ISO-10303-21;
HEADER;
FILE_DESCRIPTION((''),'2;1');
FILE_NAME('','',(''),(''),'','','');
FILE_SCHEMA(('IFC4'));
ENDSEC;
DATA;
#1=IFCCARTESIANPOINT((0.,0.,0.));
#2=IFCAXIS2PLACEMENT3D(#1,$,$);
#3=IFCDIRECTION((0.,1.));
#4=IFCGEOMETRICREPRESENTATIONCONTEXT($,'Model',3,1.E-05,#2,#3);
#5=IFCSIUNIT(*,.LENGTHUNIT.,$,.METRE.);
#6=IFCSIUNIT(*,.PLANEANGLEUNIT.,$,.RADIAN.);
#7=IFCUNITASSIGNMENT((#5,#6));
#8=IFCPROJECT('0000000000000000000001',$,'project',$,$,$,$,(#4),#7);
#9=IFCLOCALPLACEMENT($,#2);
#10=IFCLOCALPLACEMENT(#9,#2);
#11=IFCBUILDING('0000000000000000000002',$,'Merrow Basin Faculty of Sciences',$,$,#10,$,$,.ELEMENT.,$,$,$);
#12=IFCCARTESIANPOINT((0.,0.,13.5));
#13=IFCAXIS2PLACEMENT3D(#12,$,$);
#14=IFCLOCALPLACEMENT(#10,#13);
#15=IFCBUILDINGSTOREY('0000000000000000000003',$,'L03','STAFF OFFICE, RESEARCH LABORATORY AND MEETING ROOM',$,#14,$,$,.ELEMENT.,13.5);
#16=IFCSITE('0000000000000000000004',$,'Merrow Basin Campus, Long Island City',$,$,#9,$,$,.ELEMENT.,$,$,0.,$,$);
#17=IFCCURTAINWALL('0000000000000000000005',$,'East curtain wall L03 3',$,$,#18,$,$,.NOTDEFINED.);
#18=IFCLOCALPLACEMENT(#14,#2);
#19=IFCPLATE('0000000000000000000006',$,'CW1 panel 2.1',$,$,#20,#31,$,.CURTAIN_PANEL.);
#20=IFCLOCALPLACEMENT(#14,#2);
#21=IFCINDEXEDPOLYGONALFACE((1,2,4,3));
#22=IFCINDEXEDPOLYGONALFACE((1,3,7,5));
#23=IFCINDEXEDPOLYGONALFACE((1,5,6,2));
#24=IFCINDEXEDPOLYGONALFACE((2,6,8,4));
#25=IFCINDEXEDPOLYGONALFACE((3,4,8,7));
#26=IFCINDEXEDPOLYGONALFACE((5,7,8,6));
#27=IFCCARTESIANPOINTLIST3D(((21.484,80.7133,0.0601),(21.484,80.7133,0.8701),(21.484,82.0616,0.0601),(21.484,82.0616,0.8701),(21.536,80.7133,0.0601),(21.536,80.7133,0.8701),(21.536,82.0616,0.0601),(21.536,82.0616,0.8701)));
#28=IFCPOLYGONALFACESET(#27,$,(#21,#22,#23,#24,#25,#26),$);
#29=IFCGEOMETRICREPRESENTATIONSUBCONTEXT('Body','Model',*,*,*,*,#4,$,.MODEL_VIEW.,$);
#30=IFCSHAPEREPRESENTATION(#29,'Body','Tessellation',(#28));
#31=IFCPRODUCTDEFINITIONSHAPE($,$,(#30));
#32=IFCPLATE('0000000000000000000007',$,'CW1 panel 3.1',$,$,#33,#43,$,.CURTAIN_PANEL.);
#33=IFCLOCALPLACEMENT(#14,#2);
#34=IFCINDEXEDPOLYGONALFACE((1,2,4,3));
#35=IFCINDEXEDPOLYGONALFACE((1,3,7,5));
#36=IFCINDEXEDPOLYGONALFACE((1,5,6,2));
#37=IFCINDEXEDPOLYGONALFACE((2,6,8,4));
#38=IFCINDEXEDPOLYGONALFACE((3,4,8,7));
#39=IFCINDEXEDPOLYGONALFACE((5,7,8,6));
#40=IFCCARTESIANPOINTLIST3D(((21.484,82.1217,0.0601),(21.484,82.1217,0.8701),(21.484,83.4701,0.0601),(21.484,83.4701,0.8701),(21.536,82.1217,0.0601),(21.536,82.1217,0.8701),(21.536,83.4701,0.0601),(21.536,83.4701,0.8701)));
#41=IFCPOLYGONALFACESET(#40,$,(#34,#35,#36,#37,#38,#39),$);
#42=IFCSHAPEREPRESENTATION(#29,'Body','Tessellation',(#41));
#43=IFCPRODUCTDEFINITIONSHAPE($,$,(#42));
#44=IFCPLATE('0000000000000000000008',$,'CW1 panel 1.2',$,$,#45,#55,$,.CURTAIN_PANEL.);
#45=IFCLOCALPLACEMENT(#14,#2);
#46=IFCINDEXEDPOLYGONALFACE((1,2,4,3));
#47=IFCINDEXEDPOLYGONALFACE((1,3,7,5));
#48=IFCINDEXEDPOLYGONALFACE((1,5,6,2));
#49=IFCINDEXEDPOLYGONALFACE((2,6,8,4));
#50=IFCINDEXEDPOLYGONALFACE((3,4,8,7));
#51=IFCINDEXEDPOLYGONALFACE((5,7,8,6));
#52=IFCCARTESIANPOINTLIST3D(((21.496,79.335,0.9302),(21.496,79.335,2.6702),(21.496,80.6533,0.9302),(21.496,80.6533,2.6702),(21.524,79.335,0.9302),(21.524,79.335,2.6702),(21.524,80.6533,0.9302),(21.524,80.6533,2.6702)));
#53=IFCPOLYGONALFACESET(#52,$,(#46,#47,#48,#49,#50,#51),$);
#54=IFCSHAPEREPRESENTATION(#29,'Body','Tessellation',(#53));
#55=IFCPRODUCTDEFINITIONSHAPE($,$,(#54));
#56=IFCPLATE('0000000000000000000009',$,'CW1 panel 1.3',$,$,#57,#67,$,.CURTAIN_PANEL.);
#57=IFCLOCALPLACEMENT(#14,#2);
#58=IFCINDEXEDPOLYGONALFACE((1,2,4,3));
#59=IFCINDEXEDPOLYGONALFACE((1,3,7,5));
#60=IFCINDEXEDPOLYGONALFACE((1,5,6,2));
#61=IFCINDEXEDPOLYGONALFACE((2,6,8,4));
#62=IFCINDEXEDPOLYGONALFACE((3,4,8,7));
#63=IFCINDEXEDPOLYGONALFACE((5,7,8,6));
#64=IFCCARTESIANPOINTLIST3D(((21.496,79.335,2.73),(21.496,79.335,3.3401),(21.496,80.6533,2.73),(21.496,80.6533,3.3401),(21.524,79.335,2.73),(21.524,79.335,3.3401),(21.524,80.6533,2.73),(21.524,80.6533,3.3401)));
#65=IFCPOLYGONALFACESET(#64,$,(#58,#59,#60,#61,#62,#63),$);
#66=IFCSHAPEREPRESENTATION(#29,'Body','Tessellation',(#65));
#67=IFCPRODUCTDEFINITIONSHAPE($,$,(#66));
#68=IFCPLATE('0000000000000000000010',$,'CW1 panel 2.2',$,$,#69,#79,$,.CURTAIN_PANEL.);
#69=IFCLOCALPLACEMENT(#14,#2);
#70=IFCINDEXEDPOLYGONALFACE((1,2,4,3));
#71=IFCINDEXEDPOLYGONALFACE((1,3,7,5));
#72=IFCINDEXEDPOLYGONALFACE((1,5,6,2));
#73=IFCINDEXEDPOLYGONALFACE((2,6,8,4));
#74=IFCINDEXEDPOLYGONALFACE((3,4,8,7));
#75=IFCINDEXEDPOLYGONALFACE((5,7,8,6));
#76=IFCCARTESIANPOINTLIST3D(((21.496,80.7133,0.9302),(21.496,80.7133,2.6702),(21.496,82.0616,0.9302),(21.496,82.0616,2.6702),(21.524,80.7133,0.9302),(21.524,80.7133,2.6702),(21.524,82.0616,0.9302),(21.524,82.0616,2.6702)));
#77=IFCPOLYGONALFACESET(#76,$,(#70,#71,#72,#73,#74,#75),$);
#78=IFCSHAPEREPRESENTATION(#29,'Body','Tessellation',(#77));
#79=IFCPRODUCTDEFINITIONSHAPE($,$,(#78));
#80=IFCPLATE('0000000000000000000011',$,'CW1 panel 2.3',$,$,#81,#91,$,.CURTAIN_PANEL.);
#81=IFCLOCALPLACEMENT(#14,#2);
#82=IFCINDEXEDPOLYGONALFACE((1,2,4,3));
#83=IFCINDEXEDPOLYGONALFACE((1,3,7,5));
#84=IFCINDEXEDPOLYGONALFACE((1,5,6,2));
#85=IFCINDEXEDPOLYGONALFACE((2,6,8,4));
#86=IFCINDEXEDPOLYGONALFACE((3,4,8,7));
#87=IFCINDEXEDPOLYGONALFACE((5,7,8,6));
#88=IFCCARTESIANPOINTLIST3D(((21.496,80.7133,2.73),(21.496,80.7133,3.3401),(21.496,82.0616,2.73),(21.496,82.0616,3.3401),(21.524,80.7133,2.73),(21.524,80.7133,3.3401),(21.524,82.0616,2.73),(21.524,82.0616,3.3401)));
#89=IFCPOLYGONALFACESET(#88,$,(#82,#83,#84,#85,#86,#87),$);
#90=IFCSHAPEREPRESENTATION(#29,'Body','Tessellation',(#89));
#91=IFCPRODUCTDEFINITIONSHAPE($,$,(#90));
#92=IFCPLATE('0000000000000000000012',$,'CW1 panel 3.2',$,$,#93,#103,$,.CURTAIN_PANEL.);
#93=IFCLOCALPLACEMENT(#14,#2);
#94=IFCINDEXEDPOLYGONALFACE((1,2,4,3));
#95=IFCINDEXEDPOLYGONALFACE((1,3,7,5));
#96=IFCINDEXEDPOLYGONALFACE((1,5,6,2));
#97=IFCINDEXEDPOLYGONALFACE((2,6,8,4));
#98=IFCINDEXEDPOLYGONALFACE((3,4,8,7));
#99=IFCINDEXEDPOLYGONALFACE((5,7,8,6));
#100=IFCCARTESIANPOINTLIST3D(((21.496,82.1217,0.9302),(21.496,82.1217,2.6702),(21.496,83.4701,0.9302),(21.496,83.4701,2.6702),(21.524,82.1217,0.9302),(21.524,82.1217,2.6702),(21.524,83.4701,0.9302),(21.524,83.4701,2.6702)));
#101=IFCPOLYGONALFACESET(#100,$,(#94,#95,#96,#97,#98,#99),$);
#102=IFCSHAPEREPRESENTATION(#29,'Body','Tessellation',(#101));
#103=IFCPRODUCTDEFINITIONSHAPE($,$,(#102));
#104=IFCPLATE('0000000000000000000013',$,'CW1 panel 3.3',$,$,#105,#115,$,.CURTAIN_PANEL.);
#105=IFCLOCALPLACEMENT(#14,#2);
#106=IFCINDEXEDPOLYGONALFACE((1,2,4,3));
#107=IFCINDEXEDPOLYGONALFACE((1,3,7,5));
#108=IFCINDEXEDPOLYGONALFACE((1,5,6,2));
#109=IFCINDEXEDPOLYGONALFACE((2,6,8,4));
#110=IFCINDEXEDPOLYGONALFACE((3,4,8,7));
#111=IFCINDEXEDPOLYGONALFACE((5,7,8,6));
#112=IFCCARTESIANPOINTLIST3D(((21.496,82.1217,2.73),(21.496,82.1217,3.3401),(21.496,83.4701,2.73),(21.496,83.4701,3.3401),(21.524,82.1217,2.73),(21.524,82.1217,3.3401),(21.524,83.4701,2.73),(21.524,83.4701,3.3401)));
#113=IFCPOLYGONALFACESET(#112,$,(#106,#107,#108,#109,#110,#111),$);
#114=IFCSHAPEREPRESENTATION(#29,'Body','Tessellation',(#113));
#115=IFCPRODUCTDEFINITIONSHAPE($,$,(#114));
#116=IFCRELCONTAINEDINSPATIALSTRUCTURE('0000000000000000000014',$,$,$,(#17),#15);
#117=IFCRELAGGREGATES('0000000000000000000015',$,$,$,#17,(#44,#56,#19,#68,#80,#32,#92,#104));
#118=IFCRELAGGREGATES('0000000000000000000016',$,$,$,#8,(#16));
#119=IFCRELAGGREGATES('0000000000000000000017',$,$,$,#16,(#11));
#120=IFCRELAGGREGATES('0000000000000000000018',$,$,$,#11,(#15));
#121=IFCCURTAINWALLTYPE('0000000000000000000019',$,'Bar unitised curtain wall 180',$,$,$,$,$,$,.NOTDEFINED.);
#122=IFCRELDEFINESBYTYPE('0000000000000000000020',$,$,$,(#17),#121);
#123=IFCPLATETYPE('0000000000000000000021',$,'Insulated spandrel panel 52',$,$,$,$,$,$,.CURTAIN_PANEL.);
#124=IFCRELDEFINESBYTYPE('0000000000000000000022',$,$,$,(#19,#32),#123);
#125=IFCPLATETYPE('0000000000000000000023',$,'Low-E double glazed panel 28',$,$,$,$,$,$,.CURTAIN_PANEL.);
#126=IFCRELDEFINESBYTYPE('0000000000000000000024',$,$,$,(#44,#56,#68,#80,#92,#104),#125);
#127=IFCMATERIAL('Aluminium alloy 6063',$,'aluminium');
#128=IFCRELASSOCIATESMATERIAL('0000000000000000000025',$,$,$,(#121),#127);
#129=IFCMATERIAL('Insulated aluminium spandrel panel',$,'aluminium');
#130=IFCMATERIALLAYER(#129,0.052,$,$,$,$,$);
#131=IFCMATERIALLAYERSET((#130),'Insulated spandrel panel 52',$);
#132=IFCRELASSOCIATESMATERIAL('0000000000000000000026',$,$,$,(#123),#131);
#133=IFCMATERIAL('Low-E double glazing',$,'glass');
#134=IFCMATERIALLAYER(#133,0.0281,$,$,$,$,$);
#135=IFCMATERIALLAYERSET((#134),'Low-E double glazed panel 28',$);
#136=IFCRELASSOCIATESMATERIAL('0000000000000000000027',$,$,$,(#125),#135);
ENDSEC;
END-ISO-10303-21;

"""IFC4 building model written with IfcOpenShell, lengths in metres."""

from ifc_helpers import new_model, si_unit, direction, frame, origin, origin_2d, place, context, subcontext, project, spatial, rectangle, extrude, material, layer, layer_set, type_object, element, aggregate, save


model = new_model("IFC4")

# Units and contexts
model_context = context("Model", 3, precision=1e-05, world=origin(), true_north=direction((0.0, 1.0)))
body_context = subcontext(model_context, "Body", "Model", "MODEL_VIEW")
ifc_project = project(units=[si_unit("LENGTHUNIT", "METRE"), si_unit("PLANEANGLEUNIT", "RADIAN")], contexts=[model_context])

# Site, building, storey
site_placement = place(None, origin())
site = spatial("IfcSite", under=ifc_project, at=site_placement, Name="Merrow Basin Campus, Long Island City", CompositionType="ELEMENT", RefElevation=0.0)
building_placement = place(site_placement, origin())
building = spatial("IfcBuilding", under=site, at=building_placement, Name="Merrow Basin Faculty of Sciences", CompositionType="ELEMENT")
storey_placement = place(building_placement, frame((0.0, 0.0, 13.5)))
storey = spatial("IfcBuildingStorey", under=building, at=storey_placement, Name="L03", Description="STAFF OFFICE, RESEARCH LABORATORY AND MEETING ROOM", CompositionType="ELEMENT", Elevation=13.5)

# Curtain wall, plates
ifc_material_1 = material(Name="Aluminium alloy 6063", Category="aluminium")
curtain_wall_type = type_object("IfcCurtainWallType", Name="Bar unitised curtain wall 180", PredefinedType="NOTDEFINED", material=ifc_material_1)
curtain_wall_placement = place(storey_placement, origin())
curtain_wall = element("IfcCurtainWall", 1, at=curtain_wall_placement, inside=storey, type_object=curtain_wall_type, Name="East curtain wall L03 3", PredefinedType="NOTDEFINED")
ifc_material_2 = material(Name="Insulated aluminium spandrel panel", Category="aluminium")
ifc_layer_1 = layer(ifc_material_2, 0.052)
ifc_layer_set_1 = layer_set([ifc_layer_1], Name="Insulated spandrel panel 52")
plate_type_1 = type_object("IfcPlateType", Name="Insulated spandrel panel 52", PredefinedType="CURTAIN_PANEL", material=ifc_layer_set_1)
plate_1_placement = place(storey_placement, frame((21.51, 81.3875, 0.0601), z_axis=(0.0, 0.0, 1.0), x_axis=(0.0, 1.0, 0.0)))
plate_1 = element("IfcPlate", 2, at=plate_1_placement, type_object=plate_type_1, Name="CW1 panel 2.1", PredefinedType="CURTAIN_PANEL", context=body_context, shape_type="SweptSolid", body=[
    extrude(rectangle(XDim=1.3484, YDim=0.052, at=origin_2d()), origin(), (0.0, 0.0, 1.0), 0.8101),
])
plate_2_placement = place(storey_placement, frame((21.51, 82.7959, 0.0601), z_axis=(0.0, 0.0, 1.0), x_axis=(0.0, 1.0, 0.0)))
plate_2 = element("IfcPlate", 3, at=plate_2_placement, type_object=plate_type_1, Name="CW1 panel 3.1", PredefinedType="CURTAIN_PANEL", context=body_context, shape_type="SweptSolid", body=[
    extrude(rectangle(XDim=1.3484, YDim=0.052, at=origin_2d()), origin(), (0.0, 0.0, 1.0), 0.8101),
])
ifc_material_3 = material(Name="Low-E double glazing", Category="glass")
ifc_layer_2 = layer(ifc_material_3, 0.0281)
ifc_layer_set_2 = layer_set([ifc_layer_2], Name="Low-E double glazed panel 28")
plate_type_2 = type_object("IfcPlateType", Name="Low-E double glazed panel 28", PredefinedType="CURTAIN_PANEL", material=ifc_layer_set_2)
plate_3_placement = place(storey_placement, frame((21.51, 79.9941, 0.9302), z_axis=(0.0, 0.0, 1.0), x_axis=(0.0, 1.0, 0.0)))
plate_3 = element("IfcPlate", 4, at=plate_3_placement, type_object=plate_type_2, Name="CW1 panel 1.2", PredefinedType="CURTAIN_PANEL", context=body_context, shape_type="SweptSolid", body=[
    extrude(rectangle(XDim=1.3184, YDim=0.0281, at=origin_2d()), origin(), (0.0, 0.0, 1.0), 1.74),
])
plate_4_placement = place(storey_placement, frame((21.51, 79.9941, 2.73), z_axis=(0.0, 0.0, 1.0), x_axis=(0.0, 1.0, 0.0)))
plate_4 = element("IfcPlate", 5, at=plate_4_placement, type_object=plate_type_2, Name="CW1 panel 1.3", PredefinedType="CURTAIN_PANEL", context=body_context, shape_type="SweptSolid", body=[
    extrude(rectangle(XDim=1.3184, YDim=0.0281, at=origin_2d()), origin(), (0.0, 0.0, 1.0), 0.6101),
])
plate_5_placement = place(storey_placement, frame((21.51, 81.3875, 0.9302), z_axis=(0.0, 0.0, 1.0), x_axis=(0.0, 1.0, 0.0)))
plate_5 = element("IfcPlate", 6, at=plate_5_placement, type_object=plate_type_2, Name="CW1 panel 2.2", PredefinedType="CURTAIN_PANEL", context=body_context, shape_type="SweptSolid", body=[
    extrude(rectangle(XDim=1.3484, YDim=0.0281, at=origin_2d()), origin(), (0.0, 0.0, 1.0), 1.74),
])
plate_6_placement = place(storey_placement, frame((21.51, 81.3875, 2.73), z_axis=(0.0, 0.0, 1.0), x_axis=(0.0, 1.0, 0.0)))
plate_6 = element("IfcPlate", 7, at=plate_6_placement, type_object=plate_type_2, Name="CW1 panel 2.3", PredefinedType="CURTAIN_PANEL", context=body_context, shape_type="SweptSolid", body=[
    extrude(rectangle(XDim=1.3484, YDim=0.0281, at=origin_2d()), origin(), (0.0, 0.0, 1.0), 0.6101),
])
plate_7_placement = place(storey_placement, frame((21.51, 82.7959, 0.9302), z_axis=(0.0, 0.0, 1.0), x_axis=(0.0, 1.0, 0.0)))
plate_7 = element("IfcPlate", 8, at=plate_7_placement, type_object=plate_type_2, Name="CW1 panel 3.2", PredefinedType="CURTAIN_PANEL", context=body_context, shape_type="SweptSolid", body=[
    extrude(rectangle(XDim=1.3484, YDim=0.0281, at=origin_2d()), origin(), (0.0, 0.0, 1.0), 1.74),
])
plate_8_placement = place(storey_placement, frame((21.51, 82.7959, 2.73), z_axis=(0.0, 0.0, 1.0), x_axis=(0.0, 1.0, 0.0)))
plate_8 = element("IfcPlate", 9, at=plate_8_placement, type_object=plate_type_2, Name="CW1 panel 3.3", PredefinedType="CURTAIN_PANEL", context=body_context, shape_type="SweptSolid", body=[
    extrude(rectangle(XDim=1.3484, YDim=0.0281, at=origin_2d()), origin(), (0.0, 0.0, 1.0), 0.6101),
])
aggregate(curtain_wall, [plate_3, plate_4, plate_1, plate_5, plate_6, plate_2, plate_7, plate_8])

save(model, "model.ifc")
